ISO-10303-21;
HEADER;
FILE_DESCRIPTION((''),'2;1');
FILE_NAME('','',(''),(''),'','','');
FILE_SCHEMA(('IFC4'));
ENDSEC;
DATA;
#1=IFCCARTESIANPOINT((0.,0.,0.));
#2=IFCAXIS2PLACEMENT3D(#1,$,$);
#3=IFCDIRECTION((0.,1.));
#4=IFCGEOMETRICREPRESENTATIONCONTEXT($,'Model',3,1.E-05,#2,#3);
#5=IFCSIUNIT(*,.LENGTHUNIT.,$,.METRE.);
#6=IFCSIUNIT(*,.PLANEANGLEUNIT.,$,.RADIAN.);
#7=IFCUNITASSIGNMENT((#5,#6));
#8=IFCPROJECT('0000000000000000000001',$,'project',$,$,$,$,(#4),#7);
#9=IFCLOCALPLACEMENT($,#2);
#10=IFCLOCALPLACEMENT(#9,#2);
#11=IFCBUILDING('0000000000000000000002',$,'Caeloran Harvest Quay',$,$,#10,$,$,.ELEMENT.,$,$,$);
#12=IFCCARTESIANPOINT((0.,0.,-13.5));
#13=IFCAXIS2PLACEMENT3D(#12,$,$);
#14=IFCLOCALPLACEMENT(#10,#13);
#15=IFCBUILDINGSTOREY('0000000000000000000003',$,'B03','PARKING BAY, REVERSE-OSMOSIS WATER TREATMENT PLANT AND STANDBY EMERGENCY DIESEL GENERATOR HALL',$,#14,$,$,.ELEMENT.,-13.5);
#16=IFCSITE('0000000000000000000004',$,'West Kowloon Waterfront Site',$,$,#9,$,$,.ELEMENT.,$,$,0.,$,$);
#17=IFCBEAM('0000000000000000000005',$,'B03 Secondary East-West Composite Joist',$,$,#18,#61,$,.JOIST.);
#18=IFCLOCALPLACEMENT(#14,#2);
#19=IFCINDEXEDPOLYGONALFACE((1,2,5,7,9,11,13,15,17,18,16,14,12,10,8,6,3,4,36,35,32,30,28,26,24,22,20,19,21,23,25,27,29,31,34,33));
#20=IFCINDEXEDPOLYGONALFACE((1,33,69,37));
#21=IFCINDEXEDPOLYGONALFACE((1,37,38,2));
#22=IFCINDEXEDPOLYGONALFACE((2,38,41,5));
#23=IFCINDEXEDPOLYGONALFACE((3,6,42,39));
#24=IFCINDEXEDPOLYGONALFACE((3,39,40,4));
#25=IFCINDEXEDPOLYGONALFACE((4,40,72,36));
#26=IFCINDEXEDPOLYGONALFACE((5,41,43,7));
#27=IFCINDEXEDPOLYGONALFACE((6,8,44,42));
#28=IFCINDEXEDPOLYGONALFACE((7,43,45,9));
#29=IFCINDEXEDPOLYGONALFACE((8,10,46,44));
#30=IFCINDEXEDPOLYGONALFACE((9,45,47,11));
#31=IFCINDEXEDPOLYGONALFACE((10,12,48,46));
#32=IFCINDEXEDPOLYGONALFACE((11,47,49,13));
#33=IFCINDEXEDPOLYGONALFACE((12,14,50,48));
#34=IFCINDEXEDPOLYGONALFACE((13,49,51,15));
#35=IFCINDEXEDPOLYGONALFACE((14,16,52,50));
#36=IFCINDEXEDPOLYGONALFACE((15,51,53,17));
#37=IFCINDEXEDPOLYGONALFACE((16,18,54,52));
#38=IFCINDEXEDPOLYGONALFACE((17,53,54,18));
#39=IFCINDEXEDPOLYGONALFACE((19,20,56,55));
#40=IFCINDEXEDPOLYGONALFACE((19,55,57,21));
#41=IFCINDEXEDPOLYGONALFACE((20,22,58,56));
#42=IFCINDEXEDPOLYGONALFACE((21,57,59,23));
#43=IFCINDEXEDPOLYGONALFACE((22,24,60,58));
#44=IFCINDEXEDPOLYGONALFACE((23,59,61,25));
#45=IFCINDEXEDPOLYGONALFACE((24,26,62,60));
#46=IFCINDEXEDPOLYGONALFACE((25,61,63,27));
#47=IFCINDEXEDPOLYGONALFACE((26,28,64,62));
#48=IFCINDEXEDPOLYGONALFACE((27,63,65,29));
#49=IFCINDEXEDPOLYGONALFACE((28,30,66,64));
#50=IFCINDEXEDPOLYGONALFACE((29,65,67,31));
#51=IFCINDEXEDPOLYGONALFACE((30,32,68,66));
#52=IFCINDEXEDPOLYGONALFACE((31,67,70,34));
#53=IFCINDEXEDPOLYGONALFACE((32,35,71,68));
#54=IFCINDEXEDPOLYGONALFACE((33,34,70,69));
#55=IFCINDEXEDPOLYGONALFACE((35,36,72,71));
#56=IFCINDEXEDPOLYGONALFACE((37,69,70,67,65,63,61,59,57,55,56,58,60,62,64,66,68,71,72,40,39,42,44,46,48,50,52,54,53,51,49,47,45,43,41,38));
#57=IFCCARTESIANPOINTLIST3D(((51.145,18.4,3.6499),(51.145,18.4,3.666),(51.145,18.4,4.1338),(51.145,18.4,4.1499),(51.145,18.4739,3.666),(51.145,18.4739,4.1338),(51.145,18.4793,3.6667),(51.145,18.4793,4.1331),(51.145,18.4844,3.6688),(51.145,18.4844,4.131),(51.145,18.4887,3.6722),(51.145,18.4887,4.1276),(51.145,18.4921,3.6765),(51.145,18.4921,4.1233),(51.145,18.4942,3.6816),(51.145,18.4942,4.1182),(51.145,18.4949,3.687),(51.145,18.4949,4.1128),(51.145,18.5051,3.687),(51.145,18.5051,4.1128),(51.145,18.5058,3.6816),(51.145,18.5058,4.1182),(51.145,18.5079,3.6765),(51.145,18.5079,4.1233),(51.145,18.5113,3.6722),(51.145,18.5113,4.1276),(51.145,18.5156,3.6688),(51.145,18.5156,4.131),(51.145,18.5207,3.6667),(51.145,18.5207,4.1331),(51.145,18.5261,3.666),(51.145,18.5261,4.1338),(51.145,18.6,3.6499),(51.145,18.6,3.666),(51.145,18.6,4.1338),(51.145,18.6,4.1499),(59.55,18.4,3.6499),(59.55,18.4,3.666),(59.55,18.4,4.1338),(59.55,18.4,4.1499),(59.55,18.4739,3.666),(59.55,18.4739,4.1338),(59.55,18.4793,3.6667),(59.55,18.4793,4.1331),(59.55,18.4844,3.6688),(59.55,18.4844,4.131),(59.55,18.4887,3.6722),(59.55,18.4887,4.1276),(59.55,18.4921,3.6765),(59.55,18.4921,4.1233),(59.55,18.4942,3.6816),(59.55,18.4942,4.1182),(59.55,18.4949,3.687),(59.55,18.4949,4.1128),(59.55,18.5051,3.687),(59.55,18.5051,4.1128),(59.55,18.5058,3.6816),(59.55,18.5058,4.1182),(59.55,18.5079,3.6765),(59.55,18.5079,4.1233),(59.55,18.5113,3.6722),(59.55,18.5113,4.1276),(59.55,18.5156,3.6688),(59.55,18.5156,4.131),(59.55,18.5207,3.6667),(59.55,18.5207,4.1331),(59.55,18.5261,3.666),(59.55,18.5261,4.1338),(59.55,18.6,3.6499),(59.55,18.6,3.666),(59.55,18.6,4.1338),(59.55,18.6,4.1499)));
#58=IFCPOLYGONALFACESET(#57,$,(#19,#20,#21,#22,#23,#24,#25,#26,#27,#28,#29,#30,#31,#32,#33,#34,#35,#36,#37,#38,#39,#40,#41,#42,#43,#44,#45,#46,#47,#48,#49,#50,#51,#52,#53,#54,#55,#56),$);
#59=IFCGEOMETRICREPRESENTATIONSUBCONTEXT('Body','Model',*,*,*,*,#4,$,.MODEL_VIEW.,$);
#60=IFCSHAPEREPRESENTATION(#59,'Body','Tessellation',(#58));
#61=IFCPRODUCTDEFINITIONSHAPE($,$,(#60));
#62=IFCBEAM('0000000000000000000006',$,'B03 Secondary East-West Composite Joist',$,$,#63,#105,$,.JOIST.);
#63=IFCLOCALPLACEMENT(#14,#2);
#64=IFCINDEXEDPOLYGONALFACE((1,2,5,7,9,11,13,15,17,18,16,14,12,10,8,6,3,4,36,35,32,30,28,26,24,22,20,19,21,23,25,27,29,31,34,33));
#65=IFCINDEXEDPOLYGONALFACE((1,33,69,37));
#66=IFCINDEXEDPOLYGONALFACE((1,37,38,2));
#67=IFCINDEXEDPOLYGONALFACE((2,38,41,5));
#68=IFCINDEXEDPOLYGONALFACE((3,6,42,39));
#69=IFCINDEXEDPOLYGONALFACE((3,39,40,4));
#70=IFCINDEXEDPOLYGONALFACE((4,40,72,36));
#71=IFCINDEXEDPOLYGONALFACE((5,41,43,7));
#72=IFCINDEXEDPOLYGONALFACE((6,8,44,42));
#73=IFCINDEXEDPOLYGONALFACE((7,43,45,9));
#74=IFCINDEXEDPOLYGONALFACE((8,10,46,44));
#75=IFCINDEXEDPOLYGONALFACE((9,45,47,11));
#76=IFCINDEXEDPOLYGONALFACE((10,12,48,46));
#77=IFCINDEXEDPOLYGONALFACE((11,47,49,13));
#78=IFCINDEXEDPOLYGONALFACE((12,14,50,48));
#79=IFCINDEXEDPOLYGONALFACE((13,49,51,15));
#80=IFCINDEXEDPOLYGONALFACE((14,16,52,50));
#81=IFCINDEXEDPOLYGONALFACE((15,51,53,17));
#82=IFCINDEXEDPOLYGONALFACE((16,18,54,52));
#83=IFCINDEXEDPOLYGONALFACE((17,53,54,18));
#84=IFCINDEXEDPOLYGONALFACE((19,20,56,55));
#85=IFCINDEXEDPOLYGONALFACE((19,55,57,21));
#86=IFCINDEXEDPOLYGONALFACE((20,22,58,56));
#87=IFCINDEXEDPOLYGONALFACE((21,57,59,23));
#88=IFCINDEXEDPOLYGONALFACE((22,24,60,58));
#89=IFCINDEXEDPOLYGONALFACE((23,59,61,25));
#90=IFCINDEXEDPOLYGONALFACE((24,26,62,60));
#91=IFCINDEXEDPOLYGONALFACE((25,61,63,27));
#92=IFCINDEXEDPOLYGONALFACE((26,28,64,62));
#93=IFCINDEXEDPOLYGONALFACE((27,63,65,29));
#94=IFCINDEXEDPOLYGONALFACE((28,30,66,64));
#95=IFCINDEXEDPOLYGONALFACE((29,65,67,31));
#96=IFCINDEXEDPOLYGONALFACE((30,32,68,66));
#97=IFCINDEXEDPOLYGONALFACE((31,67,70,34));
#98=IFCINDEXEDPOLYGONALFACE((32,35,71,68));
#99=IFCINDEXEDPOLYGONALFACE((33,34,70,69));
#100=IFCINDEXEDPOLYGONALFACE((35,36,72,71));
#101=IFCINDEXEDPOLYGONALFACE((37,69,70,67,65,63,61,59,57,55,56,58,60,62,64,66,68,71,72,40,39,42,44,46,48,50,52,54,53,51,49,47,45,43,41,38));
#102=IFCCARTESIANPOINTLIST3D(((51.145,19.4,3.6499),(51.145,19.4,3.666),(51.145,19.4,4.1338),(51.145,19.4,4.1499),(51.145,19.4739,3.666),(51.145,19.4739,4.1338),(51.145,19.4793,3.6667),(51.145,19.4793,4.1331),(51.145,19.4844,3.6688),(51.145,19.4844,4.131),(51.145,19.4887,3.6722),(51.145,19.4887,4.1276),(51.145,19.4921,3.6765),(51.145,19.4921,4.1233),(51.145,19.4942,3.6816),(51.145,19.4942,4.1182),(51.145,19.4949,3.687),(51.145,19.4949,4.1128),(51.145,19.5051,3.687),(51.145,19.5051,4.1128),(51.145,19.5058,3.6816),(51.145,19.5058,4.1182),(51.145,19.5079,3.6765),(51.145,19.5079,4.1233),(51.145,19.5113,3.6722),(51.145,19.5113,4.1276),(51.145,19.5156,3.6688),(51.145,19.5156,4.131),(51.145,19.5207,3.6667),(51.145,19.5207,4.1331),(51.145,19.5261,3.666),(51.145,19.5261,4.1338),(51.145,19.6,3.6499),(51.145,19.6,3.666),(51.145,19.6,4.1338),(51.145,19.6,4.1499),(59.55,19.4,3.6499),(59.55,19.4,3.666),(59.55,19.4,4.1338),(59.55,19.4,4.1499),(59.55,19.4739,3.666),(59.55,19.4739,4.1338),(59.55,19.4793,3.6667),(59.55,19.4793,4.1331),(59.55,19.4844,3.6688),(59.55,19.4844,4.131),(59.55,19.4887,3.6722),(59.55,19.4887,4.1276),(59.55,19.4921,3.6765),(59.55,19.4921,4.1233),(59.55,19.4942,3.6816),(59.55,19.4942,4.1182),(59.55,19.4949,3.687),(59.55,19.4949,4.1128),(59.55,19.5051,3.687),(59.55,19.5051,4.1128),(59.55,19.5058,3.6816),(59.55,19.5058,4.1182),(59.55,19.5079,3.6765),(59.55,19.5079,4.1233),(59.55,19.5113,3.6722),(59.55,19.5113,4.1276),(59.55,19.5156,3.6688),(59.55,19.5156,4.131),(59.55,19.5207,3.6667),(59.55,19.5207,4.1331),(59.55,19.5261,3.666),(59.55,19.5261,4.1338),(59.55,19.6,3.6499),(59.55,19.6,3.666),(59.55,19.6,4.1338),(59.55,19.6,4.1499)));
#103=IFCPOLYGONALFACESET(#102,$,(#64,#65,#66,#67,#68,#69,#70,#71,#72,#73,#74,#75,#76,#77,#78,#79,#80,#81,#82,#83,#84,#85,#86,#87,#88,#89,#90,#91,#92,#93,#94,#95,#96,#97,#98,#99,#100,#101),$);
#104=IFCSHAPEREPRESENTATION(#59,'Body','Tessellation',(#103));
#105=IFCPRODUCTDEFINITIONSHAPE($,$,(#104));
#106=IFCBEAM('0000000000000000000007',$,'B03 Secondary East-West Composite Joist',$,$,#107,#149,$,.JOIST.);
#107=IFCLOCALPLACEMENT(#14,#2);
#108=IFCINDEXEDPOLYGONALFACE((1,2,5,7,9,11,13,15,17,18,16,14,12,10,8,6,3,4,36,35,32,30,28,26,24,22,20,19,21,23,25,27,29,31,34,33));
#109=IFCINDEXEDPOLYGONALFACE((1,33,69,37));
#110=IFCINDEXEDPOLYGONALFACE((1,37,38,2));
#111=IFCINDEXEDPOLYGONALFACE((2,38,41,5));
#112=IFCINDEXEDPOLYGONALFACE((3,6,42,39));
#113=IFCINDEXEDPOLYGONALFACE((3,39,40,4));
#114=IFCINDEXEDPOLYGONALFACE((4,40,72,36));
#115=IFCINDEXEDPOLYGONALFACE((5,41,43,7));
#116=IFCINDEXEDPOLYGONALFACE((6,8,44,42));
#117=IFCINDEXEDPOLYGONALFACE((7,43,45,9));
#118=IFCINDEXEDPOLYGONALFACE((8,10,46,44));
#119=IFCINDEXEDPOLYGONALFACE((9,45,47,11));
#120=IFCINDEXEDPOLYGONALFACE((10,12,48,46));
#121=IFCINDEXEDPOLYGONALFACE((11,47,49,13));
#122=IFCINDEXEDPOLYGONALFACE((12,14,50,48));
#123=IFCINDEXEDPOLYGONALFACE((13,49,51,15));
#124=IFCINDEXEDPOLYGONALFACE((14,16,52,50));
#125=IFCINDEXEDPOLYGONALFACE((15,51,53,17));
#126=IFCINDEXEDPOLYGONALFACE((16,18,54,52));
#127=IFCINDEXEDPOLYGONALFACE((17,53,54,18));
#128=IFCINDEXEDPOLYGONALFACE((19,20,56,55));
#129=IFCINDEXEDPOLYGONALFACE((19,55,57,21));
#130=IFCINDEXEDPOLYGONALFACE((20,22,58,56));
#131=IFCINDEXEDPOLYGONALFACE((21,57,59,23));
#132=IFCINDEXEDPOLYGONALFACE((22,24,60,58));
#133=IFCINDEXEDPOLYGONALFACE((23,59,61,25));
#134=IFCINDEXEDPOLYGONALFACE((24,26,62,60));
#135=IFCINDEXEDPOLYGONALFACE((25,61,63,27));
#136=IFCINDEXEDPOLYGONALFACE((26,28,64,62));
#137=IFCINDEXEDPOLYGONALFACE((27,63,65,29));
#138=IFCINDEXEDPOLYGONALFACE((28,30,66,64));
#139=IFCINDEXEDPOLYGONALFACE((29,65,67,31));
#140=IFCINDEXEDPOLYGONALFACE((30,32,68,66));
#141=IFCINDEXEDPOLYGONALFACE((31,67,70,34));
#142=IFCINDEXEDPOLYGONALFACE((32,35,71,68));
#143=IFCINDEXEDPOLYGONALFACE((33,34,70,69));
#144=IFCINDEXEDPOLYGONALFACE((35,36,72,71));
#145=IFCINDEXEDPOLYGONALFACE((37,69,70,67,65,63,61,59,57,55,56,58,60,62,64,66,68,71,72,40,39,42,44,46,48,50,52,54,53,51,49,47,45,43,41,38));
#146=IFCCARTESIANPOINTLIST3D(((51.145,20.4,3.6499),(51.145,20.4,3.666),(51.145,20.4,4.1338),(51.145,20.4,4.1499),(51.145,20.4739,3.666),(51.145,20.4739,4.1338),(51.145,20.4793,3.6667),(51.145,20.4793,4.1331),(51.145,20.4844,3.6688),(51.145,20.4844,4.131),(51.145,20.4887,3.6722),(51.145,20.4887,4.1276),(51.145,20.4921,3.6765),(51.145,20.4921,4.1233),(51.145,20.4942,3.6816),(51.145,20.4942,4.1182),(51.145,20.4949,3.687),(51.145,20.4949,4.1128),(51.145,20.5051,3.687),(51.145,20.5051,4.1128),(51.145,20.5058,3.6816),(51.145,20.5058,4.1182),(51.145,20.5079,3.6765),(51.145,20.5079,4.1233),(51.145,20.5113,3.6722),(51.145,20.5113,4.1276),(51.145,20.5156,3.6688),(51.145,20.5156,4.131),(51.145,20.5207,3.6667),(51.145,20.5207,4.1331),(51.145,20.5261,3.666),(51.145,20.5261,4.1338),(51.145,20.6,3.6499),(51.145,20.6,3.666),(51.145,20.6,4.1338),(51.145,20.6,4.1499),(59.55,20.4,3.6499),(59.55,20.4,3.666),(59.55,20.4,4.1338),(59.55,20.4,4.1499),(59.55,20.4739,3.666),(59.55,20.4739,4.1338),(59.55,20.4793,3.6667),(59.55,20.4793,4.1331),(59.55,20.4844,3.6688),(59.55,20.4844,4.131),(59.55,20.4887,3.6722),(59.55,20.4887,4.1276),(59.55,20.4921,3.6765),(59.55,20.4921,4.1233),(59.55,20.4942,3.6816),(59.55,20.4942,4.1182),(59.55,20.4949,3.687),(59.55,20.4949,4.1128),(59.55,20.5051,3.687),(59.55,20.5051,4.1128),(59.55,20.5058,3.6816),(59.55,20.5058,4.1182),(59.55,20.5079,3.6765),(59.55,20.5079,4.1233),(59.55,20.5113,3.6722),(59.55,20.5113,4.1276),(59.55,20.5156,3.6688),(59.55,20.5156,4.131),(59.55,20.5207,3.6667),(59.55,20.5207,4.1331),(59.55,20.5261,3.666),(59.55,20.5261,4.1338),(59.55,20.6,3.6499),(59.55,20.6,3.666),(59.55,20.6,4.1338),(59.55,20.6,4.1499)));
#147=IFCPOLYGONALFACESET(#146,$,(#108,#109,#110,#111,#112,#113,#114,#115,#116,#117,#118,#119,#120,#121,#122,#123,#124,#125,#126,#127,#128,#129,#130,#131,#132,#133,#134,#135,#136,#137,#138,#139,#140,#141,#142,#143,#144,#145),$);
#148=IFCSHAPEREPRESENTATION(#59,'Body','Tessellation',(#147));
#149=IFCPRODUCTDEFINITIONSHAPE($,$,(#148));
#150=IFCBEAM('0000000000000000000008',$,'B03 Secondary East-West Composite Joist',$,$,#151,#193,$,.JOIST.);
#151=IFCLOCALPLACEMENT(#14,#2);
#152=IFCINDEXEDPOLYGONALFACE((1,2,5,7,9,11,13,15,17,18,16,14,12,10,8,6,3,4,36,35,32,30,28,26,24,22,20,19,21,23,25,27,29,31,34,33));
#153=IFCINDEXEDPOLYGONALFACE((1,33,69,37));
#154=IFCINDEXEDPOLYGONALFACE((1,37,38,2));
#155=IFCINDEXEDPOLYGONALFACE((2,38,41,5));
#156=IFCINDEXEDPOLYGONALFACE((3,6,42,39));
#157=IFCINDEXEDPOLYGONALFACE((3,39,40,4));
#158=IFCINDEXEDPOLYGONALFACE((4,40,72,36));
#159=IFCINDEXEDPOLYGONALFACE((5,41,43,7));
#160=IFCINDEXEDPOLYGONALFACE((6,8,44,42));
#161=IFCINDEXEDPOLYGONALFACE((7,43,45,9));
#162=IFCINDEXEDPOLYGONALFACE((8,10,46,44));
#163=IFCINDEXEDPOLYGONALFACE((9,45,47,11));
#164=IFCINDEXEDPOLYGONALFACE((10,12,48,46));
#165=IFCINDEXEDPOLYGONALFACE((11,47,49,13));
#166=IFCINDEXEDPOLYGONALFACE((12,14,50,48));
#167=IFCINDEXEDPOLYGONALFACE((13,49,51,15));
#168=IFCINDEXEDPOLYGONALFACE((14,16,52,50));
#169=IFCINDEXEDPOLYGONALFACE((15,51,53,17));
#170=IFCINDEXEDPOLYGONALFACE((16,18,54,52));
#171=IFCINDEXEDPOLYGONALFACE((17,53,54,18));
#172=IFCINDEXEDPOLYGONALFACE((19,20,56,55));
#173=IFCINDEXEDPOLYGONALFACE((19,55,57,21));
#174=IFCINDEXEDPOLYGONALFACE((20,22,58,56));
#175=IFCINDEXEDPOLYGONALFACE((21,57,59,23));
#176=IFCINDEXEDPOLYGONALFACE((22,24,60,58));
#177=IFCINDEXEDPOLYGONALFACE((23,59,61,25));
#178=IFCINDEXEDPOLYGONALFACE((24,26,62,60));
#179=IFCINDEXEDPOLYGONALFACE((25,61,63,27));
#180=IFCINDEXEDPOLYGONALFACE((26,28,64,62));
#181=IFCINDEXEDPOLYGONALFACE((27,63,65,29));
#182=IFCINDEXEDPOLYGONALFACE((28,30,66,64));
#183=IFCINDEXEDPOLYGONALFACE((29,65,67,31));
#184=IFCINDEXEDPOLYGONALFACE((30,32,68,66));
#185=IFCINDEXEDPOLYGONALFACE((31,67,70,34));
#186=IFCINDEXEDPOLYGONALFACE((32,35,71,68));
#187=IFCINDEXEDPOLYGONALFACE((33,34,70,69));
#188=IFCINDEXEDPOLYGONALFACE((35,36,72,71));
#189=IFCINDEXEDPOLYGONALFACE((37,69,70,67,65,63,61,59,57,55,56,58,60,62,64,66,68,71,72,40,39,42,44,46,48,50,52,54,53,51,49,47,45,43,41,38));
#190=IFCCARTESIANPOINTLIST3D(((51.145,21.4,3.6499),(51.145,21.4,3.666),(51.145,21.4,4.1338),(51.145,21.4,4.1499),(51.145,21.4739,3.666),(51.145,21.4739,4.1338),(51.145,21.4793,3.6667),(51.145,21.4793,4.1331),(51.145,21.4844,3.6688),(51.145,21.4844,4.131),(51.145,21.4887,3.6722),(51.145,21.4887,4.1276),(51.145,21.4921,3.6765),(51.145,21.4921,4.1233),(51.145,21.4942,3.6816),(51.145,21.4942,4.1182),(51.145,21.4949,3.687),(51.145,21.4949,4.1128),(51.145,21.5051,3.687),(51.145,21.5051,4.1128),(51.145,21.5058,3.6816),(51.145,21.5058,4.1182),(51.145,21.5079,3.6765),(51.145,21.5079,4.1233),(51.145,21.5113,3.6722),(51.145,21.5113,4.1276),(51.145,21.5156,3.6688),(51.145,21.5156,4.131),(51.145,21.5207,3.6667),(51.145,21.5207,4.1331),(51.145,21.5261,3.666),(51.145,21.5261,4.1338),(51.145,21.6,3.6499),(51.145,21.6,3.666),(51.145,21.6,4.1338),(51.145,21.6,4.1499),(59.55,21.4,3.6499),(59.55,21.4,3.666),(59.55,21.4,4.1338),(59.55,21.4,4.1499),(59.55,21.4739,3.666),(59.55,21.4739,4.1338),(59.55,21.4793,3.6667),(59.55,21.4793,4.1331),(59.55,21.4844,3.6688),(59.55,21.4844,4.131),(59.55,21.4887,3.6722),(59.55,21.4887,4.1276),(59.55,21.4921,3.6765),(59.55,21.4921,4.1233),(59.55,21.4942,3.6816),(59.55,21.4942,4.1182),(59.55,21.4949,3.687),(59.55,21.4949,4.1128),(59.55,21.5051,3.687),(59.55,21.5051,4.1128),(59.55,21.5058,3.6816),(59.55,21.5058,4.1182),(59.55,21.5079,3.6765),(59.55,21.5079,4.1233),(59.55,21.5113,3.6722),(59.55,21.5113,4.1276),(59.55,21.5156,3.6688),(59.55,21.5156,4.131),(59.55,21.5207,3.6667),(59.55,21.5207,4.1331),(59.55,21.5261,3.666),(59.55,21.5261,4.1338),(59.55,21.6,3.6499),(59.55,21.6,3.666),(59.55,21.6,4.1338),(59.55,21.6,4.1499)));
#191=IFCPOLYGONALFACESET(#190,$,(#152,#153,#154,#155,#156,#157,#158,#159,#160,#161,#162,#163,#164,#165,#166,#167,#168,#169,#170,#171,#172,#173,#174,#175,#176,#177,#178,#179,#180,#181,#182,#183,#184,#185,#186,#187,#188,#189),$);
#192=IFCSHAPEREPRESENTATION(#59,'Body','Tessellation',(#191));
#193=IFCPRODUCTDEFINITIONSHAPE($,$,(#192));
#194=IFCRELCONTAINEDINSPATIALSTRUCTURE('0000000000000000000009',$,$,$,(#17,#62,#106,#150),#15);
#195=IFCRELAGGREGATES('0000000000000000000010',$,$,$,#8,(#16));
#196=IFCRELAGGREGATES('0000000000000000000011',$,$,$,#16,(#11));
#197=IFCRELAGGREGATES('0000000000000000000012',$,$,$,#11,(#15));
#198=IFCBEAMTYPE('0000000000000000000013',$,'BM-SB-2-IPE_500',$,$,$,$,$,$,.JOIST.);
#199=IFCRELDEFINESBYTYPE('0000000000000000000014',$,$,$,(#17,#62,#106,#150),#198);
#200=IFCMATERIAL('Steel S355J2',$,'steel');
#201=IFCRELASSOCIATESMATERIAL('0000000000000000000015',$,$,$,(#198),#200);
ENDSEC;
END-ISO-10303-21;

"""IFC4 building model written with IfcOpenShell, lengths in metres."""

from ifc_helpers import new_model, si_unit, direction, frame, origin, origin_2d, place, context, subcontext, project, spatial, i_section, extrude, material, material_profile, profile_set, type_object, element, save


model = new_model("IFC4")

# Units and contexts
model_context = context("Model", 3, precision=1e-05, world=origin(), true_north=direction((0.0, 1.0)))
body_context = subcontext(model_context, "Body", "Model", "MODEL_VIEW")
ifc_project = project(units=[si_unit("LENGTHUNIT", "METRE"), si_unit("PLANEANGLEUNIT", "RADIAN")], contexts=[model_context])

# Site, building, storey
site_placement = place(None, origin())
site = spatial("IfcSite", under=ifc_project, at=site_placement, Name="West Kowloon Waterfront Site", CompositionType="ELEMENT", RefElevation=0.0)
building_placement = place(site_placement, origin())
building = spatial("IfcBuilding", under=site, at=building_placement, Name="Caeloran Harvest Quay", CompositionType="ELEMENT")
storey_placement = place(building_placement, frame((0.0, 0.0, -13.5)))
storey = spatial("IfcBuildingStorey", under=building, at=storey_placement, Name="B03", Description="PARKING BAY, REVERSE-OSMOSIS WATER TREATMENT PLANT AND STANDBY EMERGENCY DIESEL GENERATOR HALL", CompositionType="ELEMENT", Elevation=-13.5)

# Beams
ifc_material_1 = material(Name="Steel S355J2", Category="steel")
ifc_material_profile_1 = material_profile(ifc_material_1, i_section(OverallWidth=0.2, OverallDepth=0.5, WebThickness=0.0103, FlangeThickness=0.0161, FilletRadius=0.021, at=origin_2d()), Name="IPE 500")
ifc_profile_set_1 = profile_set([ifc_material_profile_1], Name="Steel S355J2")
beam_type_1 = type_object("IfcBeamType", Name="BM-SB-2-IPE_500", PredefinedType="JOIST", material=ifc_profile_set_1)
for number, where, z_axis, x_axis, name in (
    (1, (51.145, 18.5, 3.8999), (1.0, 0.0, 0.0), (0.0, 1.0, 0.0), "B03 Secondary East-West Composite Joist"),
    (2, (51.145, 19.5, 3.8999), (1.0, 0.0, 0.0), (0.0, 1.0, 0.0), "B03 Secondary East-West Composite Joist"),
    (3, (51.145, 20.5, 3.8999), (1.0, 0.0, 0.0), (0.0, 1.0, 0.0), "B03 Secondary East-West Composite Joist"),
    (4, (51.145, 21.5, 3.8999), (1.0, 0.0, 0.0), (0.0, 1.0, 0.0), "B03 Secondary East-West Composite Joist"),
):
    element("IfcBeam", number, at=place(storey_placement, frame(where, z_axis=z_axis, x_axis=x_axis)), inside=storey, type_object=beam_type_1, Name=name, PredefinedType="JOIST", context=body_context, shape_type="SweptSolid", body=[
        extrude(i_section(OverallWidth=0.2, OverallDepth=0.5, WebThickness=0.0103, FlangeThickness=0.0161, FilletRadius=0.021, at=origin_2d()), origin(), (0.0, 0.0, 1.0), 8.405),
    ])

save(model, "model.ifc")
